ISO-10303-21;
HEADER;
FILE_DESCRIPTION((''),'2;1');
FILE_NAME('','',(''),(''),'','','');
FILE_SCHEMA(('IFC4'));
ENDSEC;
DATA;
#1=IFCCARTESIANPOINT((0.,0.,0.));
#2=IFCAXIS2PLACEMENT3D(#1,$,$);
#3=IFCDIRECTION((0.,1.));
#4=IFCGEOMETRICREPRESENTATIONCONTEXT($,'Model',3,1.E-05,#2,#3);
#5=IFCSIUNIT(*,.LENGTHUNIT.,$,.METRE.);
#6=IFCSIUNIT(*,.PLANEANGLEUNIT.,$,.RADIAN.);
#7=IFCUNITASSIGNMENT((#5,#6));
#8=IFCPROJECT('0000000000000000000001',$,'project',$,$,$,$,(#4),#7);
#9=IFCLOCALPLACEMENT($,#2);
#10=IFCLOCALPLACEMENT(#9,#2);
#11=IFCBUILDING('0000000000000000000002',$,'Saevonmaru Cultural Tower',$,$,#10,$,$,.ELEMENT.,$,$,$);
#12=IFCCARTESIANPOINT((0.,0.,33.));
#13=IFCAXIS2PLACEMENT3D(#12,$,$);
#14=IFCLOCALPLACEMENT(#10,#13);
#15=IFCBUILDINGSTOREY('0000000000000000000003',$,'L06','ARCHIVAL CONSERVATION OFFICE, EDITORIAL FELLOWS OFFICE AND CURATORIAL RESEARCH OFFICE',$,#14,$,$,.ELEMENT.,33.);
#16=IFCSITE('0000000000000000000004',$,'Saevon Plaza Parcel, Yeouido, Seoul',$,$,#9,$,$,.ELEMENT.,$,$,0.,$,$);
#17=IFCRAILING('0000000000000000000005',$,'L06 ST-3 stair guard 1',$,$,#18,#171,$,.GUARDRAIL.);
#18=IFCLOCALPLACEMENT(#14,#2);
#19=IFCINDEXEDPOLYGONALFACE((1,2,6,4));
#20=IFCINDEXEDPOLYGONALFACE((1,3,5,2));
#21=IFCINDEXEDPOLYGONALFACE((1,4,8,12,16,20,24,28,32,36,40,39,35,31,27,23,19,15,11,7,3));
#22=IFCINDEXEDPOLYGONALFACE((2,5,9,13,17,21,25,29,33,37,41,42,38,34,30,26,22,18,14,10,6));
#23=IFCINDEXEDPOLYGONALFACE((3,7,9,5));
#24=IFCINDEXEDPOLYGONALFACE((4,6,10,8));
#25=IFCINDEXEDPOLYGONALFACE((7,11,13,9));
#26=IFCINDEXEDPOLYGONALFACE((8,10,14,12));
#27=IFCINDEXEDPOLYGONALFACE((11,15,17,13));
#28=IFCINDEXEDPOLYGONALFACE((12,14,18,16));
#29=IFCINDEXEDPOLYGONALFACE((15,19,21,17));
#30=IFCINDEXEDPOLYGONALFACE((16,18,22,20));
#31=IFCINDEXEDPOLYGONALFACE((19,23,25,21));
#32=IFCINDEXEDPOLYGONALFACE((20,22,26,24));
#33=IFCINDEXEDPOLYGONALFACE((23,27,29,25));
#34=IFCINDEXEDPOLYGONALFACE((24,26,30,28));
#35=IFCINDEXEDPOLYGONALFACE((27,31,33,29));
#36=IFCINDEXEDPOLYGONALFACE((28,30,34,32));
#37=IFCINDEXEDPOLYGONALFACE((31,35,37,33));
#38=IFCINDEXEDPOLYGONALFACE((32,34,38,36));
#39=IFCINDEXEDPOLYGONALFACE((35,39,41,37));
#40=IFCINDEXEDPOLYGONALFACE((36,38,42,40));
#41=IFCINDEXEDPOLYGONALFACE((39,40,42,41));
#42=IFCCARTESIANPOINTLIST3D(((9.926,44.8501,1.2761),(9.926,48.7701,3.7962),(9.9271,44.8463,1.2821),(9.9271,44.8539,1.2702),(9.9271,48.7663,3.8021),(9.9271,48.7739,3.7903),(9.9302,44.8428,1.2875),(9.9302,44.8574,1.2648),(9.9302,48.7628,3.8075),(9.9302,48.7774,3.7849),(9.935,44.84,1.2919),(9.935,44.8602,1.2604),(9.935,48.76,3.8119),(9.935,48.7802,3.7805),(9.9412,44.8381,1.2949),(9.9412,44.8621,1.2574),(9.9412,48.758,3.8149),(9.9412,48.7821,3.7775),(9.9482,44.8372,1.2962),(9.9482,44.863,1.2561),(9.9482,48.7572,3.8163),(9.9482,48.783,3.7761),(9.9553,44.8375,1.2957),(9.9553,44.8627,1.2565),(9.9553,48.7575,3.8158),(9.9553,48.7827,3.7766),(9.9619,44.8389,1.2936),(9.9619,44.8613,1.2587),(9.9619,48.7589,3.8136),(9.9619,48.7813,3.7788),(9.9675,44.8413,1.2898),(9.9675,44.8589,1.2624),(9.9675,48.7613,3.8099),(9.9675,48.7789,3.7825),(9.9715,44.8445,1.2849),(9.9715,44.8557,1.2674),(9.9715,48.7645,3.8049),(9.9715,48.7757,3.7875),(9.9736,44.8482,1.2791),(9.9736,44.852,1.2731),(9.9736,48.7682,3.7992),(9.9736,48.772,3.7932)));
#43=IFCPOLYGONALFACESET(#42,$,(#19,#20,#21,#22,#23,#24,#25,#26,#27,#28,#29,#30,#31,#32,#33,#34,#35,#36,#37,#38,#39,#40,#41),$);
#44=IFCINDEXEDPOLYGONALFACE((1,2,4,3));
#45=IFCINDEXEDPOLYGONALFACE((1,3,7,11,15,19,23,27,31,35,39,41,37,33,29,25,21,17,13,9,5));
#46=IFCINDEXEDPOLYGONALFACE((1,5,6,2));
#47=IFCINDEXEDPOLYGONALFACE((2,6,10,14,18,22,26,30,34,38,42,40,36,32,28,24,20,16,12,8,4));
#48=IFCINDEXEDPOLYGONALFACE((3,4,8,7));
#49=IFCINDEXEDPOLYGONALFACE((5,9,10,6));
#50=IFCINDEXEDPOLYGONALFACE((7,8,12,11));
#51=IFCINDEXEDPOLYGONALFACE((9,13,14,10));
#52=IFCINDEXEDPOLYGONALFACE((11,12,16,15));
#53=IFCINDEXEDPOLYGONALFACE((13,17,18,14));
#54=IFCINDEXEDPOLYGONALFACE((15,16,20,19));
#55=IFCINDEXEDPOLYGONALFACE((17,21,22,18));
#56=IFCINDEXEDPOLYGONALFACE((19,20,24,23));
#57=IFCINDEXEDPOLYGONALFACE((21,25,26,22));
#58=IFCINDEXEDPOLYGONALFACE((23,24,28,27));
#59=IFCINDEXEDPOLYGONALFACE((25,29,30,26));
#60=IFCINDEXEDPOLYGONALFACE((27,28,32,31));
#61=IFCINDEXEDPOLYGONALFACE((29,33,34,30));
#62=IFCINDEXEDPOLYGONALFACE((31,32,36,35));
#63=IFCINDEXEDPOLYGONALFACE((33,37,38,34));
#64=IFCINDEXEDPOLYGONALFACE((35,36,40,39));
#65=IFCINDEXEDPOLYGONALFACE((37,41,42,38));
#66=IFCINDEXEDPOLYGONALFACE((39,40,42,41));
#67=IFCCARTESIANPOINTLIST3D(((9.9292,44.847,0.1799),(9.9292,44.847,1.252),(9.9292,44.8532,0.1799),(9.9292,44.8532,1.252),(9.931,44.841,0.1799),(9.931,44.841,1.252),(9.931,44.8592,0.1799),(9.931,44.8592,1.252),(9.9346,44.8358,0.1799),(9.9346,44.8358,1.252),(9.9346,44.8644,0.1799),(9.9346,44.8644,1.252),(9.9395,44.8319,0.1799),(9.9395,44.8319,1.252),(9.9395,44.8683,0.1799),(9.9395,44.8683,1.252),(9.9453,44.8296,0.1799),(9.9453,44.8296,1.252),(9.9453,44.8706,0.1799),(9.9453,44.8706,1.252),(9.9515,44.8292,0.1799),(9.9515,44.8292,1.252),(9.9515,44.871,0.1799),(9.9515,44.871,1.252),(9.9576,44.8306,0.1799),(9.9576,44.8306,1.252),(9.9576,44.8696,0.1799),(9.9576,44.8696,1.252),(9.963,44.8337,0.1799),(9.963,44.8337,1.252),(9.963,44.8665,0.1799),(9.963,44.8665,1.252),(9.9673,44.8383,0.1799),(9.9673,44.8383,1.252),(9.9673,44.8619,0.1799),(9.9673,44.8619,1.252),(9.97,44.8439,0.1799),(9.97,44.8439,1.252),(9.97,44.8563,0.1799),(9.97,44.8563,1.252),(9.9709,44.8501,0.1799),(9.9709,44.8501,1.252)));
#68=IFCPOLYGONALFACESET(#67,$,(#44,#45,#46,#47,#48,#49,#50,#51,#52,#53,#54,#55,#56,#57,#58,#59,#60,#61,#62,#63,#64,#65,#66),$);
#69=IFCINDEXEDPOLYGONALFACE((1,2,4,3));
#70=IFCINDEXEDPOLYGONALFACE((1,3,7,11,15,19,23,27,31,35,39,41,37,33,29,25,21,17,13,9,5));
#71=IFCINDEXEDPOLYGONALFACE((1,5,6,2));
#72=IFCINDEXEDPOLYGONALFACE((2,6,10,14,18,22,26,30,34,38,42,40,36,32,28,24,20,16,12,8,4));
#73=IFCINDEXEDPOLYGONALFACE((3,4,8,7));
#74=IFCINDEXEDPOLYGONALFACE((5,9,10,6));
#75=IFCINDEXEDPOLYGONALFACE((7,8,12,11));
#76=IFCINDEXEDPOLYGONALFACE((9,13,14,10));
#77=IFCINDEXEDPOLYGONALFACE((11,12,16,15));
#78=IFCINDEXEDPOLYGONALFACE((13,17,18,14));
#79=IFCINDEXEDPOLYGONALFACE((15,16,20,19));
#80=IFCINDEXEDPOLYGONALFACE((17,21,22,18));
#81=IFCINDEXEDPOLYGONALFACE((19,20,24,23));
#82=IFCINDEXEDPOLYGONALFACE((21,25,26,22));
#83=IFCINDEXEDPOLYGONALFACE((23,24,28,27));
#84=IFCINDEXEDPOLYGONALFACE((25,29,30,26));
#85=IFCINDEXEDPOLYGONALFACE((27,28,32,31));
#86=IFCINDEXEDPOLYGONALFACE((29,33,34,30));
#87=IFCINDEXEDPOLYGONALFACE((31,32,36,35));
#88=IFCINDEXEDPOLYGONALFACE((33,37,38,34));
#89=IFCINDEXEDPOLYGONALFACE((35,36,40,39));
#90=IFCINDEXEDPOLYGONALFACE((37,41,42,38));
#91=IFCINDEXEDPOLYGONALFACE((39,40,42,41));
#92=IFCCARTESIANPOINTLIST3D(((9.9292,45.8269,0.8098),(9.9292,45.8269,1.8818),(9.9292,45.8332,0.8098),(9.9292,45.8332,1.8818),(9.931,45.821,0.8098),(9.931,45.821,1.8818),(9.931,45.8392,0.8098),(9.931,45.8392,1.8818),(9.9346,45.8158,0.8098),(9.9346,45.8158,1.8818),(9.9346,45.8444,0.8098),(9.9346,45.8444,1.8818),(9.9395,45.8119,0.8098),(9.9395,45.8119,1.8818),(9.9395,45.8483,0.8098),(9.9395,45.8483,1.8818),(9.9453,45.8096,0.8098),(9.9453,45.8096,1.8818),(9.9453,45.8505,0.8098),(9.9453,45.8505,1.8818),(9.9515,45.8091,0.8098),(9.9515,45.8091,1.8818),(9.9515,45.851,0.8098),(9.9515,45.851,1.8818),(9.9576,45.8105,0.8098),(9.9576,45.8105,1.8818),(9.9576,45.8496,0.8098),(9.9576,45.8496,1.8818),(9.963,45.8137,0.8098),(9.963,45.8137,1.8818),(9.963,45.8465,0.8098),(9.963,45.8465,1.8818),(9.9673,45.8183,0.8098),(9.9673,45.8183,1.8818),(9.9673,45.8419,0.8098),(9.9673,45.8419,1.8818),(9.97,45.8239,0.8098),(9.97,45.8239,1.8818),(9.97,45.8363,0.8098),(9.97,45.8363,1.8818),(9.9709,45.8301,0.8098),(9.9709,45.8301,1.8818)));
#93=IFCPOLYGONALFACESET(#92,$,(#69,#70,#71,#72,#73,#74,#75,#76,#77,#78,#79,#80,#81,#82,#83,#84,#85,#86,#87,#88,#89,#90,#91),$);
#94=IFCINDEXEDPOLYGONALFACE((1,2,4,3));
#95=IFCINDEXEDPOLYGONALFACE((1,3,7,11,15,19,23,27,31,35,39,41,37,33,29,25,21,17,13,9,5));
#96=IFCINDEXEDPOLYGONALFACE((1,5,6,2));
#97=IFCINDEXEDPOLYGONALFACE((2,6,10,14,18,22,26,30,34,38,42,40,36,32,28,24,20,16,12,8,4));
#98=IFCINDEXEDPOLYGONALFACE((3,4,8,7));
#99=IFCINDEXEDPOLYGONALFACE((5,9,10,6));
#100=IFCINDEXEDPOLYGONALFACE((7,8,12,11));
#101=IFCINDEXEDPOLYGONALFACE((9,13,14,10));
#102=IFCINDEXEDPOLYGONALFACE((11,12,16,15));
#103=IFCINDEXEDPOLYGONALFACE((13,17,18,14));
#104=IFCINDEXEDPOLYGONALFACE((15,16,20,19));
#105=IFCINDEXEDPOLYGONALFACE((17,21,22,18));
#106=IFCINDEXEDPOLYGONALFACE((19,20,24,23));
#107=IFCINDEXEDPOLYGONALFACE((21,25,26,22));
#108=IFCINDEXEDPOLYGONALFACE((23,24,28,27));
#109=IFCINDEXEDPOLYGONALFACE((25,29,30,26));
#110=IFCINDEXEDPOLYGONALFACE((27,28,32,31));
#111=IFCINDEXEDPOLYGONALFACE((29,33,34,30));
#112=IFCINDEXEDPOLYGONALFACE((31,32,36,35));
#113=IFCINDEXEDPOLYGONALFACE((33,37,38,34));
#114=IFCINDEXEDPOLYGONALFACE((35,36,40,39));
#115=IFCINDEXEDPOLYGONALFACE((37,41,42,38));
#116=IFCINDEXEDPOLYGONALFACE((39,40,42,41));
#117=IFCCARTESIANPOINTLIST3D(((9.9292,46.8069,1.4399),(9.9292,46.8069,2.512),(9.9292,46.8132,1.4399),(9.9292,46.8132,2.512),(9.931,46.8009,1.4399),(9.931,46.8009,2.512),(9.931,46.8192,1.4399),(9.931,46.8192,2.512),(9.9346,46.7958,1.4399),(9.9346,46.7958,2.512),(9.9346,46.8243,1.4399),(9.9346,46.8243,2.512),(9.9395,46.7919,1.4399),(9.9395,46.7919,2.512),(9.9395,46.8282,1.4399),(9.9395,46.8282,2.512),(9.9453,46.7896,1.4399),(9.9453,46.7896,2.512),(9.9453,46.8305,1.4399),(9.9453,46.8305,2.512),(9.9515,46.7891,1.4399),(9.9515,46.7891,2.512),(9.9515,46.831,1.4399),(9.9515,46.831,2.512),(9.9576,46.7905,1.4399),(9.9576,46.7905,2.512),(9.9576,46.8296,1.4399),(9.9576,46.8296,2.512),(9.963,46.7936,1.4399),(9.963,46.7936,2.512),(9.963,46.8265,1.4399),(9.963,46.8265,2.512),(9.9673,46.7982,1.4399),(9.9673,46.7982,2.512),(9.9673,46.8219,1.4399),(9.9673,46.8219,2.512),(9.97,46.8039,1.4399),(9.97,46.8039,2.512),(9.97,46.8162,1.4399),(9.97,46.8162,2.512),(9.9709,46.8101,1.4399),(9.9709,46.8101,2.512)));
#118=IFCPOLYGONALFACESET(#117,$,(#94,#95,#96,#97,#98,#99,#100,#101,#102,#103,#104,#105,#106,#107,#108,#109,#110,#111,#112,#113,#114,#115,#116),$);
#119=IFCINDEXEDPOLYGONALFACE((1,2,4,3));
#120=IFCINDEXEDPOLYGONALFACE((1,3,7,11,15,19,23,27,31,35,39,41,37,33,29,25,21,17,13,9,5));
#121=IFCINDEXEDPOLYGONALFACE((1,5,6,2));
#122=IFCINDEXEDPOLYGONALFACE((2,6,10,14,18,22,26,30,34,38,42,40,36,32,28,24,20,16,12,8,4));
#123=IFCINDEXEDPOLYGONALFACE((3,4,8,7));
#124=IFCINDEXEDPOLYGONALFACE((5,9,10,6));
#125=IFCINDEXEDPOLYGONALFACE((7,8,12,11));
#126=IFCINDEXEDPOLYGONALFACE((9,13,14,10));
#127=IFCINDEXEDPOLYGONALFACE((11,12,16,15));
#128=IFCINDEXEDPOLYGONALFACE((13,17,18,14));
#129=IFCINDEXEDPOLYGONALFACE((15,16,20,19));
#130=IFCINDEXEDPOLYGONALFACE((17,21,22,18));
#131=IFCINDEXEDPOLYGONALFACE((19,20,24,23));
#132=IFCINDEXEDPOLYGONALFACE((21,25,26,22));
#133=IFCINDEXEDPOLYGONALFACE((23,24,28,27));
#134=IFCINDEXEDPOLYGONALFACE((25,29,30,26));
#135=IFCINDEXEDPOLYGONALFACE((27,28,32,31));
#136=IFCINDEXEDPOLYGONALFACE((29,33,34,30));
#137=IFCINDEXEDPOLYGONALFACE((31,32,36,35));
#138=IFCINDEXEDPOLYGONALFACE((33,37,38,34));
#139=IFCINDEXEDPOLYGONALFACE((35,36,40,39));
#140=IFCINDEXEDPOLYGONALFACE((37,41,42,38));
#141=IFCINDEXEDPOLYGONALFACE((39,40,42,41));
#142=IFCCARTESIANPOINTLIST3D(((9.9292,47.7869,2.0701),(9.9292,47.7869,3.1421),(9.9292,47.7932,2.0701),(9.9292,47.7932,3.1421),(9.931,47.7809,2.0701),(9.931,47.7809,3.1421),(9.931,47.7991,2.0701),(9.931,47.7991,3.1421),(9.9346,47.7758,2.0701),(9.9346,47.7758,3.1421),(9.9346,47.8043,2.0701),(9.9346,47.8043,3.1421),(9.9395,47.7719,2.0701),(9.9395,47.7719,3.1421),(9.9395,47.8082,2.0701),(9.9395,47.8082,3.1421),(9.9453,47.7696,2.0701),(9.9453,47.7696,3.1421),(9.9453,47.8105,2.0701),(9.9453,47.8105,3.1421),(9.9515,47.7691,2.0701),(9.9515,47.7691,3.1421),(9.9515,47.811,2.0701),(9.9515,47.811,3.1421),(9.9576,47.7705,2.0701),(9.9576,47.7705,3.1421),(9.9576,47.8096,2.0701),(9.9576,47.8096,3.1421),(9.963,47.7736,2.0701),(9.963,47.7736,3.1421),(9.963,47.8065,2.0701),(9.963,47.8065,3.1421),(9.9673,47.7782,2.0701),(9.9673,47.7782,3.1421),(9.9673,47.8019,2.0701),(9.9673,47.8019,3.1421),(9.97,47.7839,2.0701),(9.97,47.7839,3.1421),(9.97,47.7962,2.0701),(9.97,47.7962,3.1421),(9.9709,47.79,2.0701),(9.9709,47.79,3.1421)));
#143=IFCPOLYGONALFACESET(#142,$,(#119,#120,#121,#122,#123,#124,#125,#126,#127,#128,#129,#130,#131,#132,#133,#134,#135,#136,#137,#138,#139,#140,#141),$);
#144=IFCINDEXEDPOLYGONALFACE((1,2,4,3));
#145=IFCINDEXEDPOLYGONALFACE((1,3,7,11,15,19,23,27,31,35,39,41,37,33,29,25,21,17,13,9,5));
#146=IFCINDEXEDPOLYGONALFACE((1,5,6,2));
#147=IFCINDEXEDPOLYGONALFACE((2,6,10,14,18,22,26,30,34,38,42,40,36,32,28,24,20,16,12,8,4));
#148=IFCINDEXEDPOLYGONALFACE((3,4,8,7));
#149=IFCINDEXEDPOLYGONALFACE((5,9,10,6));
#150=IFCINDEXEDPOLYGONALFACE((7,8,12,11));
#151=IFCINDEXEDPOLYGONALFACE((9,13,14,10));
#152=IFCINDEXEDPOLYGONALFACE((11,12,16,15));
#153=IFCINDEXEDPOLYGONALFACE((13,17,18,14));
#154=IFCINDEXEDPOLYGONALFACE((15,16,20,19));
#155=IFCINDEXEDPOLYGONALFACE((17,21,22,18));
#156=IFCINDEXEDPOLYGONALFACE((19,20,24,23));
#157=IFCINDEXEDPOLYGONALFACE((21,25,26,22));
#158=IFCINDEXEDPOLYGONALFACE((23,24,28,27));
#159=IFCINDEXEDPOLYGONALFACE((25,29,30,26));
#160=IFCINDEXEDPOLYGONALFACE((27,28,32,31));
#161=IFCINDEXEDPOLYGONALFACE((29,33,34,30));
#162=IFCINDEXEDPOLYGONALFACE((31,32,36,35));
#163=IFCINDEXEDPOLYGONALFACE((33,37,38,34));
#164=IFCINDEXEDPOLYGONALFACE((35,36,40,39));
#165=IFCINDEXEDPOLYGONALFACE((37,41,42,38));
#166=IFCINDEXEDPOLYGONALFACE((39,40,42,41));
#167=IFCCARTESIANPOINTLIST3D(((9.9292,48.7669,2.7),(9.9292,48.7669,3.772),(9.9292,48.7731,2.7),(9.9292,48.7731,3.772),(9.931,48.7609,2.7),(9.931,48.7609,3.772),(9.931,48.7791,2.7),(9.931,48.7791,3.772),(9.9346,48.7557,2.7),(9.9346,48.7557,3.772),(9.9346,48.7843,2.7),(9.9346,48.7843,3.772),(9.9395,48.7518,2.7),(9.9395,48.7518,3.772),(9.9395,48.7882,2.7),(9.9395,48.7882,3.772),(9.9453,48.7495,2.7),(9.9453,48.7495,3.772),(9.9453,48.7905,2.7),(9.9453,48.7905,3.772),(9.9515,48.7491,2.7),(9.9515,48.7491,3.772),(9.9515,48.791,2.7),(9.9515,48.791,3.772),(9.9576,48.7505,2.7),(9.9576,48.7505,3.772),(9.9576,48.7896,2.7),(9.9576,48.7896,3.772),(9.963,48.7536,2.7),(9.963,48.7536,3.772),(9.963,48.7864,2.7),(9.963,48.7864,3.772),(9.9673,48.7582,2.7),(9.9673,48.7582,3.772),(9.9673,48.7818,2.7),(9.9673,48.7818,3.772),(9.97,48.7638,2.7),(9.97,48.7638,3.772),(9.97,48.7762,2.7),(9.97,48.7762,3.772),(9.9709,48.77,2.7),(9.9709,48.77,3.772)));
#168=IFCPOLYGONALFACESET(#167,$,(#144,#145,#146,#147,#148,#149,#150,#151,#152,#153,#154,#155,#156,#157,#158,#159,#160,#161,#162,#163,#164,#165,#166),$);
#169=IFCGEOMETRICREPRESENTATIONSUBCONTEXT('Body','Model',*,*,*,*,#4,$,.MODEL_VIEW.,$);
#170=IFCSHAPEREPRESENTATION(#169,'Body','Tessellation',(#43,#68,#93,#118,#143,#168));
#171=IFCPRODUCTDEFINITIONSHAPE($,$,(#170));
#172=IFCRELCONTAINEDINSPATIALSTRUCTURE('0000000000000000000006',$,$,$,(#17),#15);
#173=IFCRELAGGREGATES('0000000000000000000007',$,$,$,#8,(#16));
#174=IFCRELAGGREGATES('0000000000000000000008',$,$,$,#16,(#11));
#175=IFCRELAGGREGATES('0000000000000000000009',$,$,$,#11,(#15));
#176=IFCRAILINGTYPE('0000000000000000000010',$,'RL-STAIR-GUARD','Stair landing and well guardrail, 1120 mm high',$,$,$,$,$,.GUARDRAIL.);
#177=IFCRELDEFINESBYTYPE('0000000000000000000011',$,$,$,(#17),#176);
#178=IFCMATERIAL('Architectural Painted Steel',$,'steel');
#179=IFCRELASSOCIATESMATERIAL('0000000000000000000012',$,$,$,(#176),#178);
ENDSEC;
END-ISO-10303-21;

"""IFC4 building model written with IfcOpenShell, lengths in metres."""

from ifc_helpers import new_model, si_unit, direction, frame, origin, origin_2d, place, context, subcontext, project, spatial, circle, extrude, material, type_object, element, save


model = new_model("IFC4")

# Units and contexts
model_context = context("Model", 3, precision=1e-05, world=origin(), true_north=direction((0.0, 1.0)))
body_context = subcontext(model_context, "Body", "Model", "MODEL_VIEW")
ifc_project = project(units=[si_unit("LENGTHUNIT", "METRE"), si_unit("PLANEANGLEUNIT", "RADIAN")], contexts=[model_context])

# Site, building, storey
site_placement = place(None, origin())
site = spatial("IfcSite", under=ifc_project, at=site_placement, Name="Saevon Plaza Parcel, Yeouido, Seoul", CompositionType="ELEMENT", RefElevation=0.0)
building_placement = place(site_placement, origin())
building = spatial("IfcBuilding", under=site, at=building_placement, Name="Saevonmaru Cultural Tower", CompositionType="ELEMENT")
storey_placement = place(building_placement, frame((0.0, 0.0, 33.0)))
storey = spatial("IfcBuildingStorey", under=building, at=storey_placement, Name="L06", Description="ARCHIVAL CONSERVATION OFFICE, EDITORIAL FELLOWS OFFICE AND CURATORIAL RESEARCH OFFICE", CompositionType="ELEMENT", Elevation=33.0)

# Railing
ifc_material_1 = material(Name="Architectural Painted Steel", Category="steel")
railing_type = type_object("IfcRailingType", Name="RL-STAIR-GUARD", Description="Stair landing and well guardrail, 1120 mm high", PredefinedType="GUARDRAIL", material=ifc_material_1)
railing_1_placement = place(storey_placement, frame((9.95, 44.8501, 0.1799)))
element("IfcRailing", 1, at=railing_1_placement, inside=storey, type_object=railing_type, Name="L06 ST-3 stair guard 1", PredefinedType="GUARDRAIL", context=body_context, shape_type="SweptSolid", body=[
    extrude(circle(Radius=0.0239, at=origin_2d()), frame((0.0, 0.0, 1.0962), z_axis=(0.0, 0.841172, 0.540768), x_axis=(-1.0, 0.0, 0.0)), (0.0, 0.0, 1.0), 4.6602),
    extrude(circle(Radius=0.021, at=origin_2d()), origin(), (0.0, 0.0, 1.0), 1.072),
    extrude(circle(Radius=0.021, at=origin_2d()), frame((0.0, 0.98, 0.6299)), (0.0, 0.0, 1.0), 1.072),
    extrude(circle(Radius=0.021, at=origin_2d()), frame((0.0, 1.96, 1.26)), (0.0, 0.0, 1.0), 1.072),
    extrude(circle(Radius=0.021, at=origin_2d()), frame((0.0, 2.9399, 1.8901)), (0.0, 0.0, 1.0), 1.072),
    extrude(circle(Radius=0.021, at=origin_2d()), frame((0.0, 3.9199, 2.52)), (0.0, 0.0, 1.0), 1.072),
])

save(model, "model.ifc")
